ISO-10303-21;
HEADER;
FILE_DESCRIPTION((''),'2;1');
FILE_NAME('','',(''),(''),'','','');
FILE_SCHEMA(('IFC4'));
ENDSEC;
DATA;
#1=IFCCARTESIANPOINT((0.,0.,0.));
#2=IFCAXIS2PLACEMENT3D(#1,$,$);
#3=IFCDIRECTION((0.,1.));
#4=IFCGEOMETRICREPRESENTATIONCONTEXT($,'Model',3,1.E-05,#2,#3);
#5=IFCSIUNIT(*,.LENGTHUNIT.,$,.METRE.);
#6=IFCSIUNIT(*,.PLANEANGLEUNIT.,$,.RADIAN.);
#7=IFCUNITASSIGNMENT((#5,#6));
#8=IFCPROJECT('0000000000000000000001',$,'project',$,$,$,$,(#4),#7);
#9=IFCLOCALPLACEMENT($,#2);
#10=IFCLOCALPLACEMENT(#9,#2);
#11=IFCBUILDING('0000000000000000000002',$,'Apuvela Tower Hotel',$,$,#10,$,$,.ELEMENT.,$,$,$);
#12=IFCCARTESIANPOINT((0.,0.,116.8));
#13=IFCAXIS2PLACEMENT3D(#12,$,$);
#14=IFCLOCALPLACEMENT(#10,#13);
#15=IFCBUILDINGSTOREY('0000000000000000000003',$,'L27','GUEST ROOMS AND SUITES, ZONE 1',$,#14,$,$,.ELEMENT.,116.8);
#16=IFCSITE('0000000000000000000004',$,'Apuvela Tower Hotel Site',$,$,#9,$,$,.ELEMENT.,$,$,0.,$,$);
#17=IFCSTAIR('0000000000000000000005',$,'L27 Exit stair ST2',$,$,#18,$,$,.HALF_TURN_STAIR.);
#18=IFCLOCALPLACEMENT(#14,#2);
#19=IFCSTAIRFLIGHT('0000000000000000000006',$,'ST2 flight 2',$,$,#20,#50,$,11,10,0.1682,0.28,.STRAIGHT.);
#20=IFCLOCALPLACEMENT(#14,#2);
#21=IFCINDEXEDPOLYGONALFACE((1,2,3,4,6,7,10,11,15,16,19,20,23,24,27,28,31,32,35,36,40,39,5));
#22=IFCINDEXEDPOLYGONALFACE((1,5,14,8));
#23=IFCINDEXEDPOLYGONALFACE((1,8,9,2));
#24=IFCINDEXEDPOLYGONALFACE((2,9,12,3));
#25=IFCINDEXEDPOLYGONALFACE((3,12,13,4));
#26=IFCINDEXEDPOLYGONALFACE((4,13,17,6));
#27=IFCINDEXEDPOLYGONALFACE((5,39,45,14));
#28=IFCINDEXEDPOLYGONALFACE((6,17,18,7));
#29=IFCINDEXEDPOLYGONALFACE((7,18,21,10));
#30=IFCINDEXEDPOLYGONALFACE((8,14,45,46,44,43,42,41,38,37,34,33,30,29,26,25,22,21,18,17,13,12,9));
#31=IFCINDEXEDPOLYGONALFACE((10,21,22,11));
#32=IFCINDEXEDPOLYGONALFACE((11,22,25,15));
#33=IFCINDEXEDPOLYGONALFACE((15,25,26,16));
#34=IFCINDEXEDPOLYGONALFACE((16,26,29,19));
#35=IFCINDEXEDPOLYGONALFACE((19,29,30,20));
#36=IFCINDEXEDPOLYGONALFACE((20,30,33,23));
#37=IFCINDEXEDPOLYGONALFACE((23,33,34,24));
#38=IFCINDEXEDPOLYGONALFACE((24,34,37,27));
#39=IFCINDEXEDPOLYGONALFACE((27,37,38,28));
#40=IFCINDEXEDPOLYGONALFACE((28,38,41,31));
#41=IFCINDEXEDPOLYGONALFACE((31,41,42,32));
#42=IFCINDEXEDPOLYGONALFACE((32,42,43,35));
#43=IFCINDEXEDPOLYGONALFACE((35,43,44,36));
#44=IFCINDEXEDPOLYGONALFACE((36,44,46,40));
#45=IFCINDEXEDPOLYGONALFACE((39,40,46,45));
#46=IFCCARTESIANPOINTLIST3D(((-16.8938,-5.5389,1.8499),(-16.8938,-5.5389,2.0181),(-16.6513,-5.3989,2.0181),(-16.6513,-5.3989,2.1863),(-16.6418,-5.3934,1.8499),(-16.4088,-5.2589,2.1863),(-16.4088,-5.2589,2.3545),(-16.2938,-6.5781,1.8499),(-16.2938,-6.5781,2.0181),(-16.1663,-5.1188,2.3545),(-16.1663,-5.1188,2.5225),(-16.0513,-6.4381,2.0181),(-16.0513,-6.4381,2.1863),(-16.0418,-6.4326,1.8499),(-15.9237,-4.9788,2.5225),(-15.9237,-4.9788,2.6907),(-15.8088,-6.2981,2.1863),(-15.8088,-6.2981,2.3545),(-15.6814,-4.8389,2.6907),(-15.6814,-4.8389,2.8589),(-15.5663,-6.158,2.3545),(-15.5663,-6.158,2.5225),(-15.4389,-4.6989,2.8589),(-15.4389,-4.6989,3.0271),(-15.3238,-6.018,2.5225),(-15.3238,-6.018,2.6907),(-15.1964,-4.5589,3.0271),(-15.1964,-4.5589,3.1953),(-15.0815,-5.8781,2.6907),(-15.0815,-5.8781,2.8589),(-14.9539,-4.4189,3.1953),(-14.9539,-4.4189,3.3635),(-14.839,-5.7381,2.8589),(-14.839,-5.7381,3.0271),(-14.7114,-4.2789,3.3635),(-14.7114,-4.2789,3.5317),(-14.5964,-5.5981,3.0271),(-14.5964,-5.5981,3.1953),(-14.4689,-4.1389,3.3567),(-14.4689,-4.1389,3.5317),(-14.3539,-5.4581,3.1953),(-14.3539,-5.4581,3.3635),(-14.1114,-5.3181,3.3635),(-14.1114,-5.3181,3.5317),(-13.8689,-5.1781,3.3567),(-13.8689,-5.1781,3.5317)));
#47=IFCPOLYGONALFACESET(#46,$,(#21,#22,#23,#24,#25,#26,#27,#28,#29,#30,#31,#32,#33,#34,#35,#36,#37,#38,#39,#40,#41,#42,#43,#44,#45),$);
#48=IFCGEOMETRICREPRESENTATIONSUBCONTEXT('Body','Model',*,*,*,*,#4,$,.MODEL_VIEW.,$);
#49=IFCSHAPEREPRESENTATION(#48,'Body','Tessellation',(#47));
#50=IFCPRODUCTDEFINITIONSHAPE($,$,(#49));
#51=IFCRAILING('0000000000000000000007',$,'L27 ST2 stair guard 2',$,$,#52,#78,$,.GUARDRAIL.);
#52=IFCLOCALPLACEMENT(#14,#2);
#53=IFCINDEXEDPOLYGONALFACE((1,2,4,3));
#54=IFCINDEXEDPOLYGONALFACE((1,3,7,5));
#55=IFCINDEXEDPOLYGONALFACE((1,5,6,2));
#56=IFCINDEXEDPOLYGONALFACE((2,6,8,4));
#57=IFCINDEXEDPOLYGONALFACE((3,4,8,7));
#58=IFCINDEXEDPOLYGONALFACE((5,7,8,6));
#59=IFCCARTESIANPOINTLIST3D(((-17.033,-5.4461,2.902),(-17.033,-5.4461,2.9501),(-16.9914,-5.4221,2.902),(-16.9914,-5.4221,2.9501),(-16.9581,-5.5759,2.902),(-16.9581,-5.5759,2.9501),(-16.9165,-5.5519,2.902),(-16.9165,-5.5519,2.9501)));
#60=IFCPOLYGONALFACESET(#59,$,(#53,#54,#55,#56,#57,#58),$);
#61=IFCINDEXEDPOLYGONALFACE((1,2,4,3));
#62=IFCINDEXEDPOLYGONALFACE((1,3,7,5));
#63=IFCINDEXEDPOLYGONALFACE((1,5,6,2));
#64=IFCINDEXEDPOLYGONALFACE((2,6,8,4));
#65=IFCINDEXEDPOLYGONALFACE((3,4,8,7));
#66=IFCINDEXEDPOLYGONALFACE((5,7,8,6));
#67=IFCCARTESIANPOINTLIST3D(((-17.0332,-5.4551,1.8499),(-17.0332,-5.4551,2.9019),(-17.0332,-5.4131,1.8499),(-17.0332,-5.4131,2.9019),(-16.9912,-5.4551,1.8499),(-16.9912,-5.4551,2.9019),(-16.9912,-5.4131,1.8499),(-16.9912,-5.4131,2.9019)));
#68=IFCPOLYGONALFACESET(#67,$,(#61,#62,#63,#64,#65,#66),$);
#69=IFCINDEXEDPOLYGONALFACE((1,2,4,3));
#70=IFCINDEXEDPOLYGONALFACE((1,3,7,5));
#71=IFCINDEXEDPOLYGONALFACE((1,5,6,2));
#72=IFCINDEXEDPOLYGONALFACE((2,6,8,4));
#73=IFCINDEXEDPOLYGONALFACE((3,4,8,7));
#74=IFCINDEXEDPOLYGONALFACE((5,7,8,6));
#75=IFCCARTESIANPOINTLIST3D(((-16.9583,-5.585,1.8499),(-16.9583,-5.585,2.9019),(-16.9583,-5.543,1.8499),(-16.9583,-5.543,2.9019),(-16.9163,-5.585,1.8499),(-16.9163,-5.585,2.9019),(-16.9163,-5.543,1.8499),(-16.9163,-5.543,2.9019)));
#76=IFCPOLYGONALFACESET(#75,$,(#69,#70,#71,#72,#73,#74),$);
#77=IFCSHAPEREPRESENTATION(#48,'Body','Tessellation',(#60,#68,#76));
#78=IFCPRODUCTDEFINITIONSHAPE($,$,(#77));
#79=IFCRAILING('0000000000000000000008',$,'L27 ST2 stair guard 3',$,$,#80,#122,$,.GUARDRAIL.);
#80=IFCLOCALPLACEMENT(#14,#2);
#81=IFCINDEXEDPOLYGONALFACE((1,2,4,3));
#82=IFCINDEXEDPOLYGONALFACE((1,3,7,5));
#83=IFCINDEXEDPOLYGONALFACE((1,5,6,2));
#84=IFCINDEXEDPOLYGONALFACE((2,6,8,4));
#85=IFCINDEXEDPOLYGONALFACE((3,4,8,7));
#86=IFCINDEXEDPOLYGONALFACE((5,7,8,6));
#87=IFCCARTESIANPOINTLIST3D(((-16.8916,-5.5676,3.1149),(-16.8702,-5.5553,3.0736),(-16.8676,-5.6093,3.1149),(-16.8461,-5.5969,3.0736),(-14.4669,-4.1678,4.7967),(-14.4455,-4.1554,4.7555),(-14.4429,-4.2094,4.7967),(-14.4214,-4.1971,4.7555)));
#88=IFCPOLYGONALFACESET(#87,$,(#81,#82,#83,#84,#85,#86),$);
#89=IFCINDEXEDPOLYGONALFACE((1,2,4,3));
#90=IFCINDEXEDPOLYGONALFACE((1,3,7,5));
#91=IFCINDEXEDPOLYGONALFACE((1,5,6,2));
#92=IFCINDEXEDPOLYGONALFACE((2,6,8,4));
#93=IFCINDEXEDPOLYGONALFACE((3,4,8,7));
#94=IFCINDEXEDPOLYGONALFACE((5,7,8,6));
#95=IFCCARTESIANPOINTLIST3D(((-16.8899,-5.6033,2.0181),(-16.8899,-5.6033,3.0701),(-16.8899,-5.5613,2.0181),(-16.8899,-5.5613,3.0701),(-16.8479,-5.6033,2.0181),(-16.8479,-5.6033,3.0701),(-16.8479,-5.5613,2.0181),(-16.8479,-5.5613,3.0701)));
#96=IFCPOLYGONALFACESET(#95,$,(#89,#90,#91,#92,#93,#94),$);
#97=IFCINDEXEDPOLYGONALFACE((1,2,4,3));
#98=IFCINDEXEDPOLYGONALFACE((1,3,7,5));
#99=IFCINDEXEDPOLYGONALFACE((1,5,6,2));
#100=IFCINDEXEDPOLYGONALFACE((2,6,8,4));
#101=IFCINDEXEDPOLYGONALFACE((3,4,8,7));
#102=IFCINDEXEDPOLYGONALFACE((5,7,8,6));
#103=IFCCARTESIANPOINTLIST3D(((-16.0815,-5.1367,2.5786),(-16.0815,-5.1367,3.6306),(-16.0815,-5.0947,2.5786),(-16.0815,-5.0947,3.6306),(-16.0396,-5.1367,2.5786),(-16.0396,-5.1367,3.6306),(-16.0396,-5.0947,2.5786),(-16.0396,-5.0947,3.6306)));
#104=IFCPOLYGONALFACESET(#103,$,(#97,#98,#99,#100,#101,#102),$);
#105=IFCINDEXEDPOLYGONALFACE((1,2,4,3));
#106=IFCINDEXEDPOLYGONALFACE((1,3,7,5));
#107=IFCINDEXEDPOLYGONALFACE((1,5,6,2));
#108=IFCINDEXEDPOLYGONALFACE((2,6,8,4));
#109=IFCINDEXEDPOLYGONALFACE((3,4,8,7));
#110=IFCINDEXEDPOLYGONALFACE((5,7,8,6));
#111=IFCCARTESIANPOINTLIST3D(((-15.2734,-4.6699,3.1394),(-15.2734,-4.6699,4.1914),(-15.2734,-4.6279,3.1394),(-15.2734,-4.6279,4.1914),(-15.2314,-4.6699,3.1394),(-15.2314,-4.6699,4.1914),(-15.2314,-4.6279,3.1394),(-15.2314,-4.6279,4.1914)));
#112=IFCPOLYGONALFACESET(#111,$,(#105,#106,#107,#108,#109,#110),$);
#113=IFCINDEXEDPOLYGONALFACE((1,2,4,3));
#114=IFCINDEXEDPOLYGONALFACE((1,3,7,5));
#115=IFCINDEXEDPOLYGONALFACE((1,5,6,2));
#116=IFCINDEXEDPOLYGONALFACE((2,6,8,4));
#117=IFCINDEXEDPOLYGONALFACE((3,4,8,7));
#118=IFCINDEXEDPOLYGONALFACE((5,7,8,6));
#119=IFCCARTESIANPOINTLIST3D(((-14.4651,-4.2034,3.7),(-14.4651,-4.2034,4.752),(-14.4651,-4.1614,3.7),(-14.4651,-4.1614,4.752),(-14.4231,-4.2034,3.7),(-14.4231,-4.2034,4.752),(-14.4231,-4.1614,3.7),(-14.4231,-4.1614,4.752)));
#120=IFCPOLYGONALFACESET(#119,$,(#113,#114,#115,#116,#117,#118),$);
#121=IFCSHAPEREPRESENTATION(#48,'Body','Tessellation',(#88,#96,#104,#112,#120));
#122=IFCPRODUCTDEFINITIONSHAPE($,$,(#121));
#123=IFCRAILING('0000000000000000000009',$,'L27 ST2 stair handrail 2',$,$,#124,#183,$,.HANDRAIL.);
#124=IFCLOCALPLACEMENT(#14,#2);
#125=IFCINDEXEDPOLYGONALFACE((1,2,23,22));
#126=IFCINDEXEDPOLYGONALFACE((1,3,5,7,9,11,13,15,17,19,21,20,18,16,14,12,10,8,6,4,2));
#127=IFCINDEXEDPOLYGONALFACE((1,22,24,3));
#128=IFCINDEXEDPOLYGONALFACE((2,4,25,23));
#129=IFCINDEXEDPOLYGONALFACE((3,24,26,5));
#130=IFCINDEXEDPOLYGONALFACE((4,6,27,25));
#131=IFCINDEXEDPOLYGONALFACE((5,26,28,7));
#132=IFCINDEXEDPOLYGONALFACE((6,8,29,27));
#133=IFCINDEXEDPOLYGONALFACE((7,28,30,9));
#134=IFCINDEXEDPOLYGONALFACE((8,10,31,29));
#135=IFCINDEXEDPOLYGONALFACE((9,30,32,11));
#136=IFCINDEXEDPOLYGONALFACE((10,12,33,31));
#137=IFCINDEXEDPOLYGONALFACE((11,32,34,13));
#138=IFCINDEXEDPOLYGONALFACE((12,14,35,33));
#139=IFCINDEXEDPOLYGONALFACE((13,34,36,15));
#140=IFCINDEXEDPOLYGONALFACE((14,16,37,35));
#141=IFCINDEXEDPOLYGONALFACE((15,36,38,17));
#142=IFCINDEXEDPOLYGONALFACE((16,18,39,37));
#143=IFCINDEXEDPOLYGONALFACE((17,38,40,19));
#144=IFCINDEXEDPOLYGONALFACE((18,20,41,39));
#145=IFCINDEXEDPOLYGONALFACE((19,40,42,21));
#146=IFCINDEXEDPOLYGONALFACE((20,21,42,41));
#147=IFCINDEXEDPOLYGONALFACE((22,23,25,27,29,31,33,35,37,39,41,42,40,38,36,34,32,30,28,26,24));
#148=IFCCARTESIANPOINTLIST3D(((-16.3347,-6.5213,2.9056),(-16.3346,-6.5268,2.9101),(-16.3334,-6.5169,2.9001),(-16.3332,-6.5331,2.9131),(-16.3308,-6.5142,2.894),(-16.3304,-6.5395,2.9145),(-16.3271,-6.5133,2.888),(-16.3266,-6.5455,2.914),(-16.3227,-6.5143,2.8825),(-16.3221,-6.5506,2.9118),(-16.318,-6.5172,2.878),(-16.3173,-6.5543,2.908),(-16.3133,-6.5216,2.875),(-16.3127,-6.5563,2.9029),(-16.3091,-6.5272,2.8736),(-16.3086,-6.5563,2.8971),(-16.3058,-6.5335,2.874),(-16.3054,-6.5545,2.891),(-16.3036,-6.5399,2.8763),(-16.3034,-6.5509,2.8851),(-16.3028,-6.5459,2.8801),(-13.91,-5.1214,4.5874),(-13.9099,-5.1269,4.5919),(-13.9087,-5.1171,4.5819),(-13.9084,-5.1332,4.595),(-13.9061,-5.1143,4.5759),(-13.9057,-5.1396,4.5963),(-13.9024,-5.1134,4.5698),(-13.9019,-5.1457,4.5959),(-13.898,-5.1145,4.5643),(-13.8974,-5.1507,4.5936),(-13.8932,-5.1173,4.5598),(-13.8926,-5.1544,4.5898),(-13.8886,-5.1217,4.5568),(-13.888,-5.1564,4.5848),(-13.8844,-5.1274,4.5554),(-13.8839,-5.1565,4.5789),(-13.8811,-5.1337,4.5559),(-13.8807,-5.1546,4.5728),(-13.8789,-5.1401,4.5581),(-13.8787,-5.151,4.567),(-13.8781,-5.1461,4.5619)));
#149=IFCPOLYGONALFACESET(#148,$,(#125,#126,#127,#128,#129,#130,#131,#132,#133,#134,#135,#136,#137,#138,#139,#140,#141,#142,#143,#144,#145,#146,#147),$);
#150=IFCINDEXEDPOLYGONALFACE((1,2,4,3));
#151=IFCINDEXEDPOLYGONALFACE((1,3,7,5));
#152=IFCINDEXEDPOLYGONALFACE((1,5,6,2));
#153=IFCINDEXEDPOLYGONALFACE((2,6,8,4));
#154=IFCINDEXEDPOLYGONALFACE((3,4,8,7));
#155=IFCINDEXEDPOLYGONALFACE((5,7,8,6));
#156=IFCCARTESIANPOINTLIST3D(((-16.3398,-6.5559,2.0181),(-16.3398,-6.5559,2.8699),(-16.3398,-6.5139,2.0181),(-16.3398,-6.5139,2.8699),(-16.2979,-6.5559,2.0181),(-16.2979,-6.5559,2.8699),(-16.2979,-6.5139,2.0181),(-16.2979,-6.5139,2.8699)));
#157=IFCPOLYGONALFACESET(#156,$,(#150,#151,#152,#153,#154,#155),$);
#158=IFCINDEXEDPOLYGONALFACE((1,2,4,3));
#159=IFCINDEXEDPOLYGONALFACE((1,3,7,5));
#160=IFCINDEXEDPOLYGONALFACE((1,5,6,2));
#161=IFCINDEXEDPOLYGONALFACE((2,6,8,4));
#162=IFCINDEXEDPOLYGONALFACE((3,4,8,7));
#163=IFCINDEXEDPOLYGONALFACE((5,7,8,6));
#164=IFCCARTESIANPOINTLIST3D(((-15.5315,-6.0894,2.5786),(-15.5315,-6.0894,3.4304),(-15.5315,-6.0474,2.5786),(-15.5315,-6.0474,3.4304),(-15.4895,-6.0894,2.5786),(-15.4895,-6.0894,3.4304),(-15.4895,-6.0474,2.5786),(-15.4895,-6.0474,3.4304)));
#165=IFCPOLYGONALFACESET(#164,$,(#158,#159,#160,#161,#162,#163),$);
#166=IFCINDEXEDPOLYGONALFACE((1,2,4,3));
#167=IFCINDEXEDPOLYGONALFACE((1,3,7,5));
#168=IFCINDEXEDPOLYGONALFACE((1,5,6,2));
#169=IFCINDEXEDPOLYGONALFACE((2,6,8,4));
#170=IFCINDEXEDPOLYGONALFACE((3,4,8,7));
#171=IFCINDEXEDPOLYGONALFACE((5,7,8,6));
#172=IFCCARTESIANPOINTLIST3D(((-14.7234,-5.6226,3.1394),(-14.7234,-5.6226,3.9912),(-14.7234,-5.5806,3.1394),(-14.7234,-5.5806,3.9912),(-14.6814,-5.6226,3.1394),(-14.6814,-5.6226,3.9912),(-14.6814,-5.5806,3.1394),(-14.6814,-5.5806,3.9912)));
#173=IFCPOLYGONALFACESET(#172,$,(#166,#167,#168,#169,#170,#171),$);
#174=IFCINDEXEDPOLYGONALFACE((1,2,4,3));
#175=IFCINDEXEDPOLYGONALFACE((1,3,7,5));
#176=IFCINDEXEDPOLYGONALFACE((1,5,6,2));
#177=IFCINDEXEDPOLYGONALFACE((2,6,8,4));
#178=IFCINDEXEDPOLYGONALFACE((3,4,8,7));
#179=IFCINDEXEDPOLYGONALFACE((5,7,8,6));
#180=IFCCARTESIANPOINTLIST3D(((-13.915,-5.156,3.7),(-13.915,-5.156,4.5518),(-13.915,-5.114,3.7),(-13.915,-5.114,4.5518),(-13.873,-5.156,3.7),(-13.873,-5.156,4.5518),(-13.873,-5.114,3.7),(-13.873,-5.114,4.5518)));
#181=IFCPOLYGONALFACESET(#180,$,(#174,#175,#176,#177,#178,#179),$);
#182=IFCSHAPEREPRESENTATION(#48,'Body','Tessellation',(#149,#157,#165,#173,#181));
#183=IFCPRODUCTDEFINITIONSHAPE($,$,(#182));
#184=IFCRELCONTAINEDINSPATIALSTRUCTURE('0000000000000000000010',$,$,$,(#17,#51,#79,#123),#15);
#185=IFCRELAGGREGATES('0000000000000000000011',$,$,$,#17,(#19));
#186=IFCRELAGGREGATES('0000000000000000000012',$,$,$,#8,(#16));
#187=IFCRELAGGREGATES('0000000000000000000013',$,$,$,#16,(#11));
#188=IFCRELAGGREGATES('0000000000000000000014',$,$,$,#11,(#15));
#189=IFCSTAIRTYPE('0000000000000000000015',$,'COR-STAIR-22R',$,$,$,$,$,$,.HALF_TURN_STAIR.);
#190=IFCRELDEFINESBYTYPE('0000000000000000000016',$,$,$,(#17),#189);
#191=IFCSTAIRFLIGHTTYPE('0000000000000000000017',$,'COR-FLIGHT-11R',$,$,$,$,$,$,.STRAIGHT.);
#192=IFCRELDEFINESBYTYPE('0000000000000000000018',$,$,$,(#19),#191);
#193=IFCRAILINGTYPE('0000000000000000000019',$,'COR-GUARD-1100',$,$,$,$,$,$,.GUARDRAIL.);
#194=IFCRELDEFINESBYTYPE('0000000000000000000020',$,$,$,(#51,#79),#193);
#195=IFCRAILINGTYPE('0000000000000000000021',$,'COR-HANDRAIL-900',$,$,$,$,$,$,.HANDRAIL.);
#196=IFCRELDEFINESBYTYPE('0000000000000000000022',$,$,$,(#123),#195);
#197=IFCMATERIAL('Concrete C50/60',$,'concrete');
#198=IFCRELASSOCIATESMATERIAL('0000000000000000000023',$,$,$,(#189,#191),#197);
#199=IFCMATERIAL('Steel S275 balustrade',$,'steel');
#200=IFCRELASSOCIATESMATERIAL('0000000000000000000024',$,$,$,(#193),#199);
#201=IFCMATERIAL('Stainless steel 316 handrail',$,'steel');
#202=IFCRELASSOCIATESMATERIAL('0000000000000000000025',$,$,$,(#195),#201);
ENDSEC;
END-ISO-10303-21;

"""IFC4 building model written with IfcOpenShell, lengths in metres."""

from ifc_helpers import new_model, si_unit, direction, frame, origin, origin_2d, place, context, subcontext, project, spatial, polyline, rectangle, circle, outline, extrude, material, type_object, element, aggregate, save


model = new_model("IFC4")

# Units and contexts
model_context = context("Model", 3, precision=1e-05, world=origin(), true_north=direction((0.0, 1.0)))
body_context = subcontext(model_context, "Body", "Model", "MODEL_VIEW")
ifc_project = project(units=[si_unit("LENGTHUNIT", "METRE"), si_unit("PLANEANGLEUNIT", "RADIAN")], contexts=[model_context])

# Site, building, storey
site_placement = place(None, origin())
site = spatial("IfcSite", under=ifc_project, at=site_placement, Name="Apuvela Tower Hotel Site", CompositionType="ELEMENT", RefElevation=0.0)
building_placement = place(site_placement, origin())
building = spatial("IfcBuilding", under=site, at=building_placement, Name="Apuvela Tower Hotel", CompositionType="ELEMENT")
storey_placement = place(building_placement, frame((0.0, 0.0, 116.8)))
storey = spatial("IfcBuildingStorey", under=building, at=storey_placement, Name="L27", Description="GUEST ROOMS AND SUITES, ZONE 1", CompositionType="ELEMENT", Elevation=116.8)

# Shared definitions
ifc_material_1 = material(Name="Concrete C50/60", Category="concrete")

# Stair, stair flight
stair_type = type_object("IfcStairType", Name="COR-STAIR-22R", PredefinedType="HALF_TURN_STAIR", material=ifc_material_1)
stair_placement = place(storey_placement, origin())
stair = element("IfcStair", 1, at=stair_placement, inside=storey, type_object=stair_type, Name="L27 Exit stair ST2", PredefinedType="HALF_TURN_STAIR")
stair_flight_type = type_object("IfcStairFlightType", Name="COR-FLIGHT-11R", PredefinedType="STRAIGHT", material=ifc_material_1)
stair_flight_placement = place(storey_placement, frame((-16.5938, -6.0586, 1.8499), z_axis=(0.0, 0.0, 1.0), x_axis=(0.866025, 0.5, 0.0)))
stair_flight = element("IfcStairFlight", 2, at=stair_flight_placement, type_object=stair_flight_type, Name="ST2 flight 2", NumberOfRisers=11, NumberOfTreads=10, PredefinedType="STRAIGHT", RiserHeight=0.1682, TreadLength=0.28, context=body_context, shape_type="SweptSolid", body=[
    extrude(outline(polyline([(0.0, 0.0), (0.0, 0.1682), (0.28, 0.1682), (0.28, 0.3364), (0.5601, 0.3364), (0.5601, 0.5046), (0.8401, 0.5046), (0.8401, 0.6726), (1.1201, 0.6726), (1.1201, 0.8408), (1.3999, 0.8408), (1.3999, 1.009), (1.6799, 1.009), (1.6799, 1.1772), (1.96, 1.1772), (1.96, 1.3455), (2.24, 1.3455), (2.24, 1.5137), (2.52, 1.5137), (2.52, 1.6819), (2.8, 1.6819), (2.8, 1.8501), (2.8, 1.5068), (0.291, 0.0), (0.0, 0.0)])), frame((0.0, 0.6001, 0.0), z_axis=(0.0, -1.0, 0.0), x_axis=(1.0, 0.0, 0.0)), (0.0, 0.0, 1.0), 1.2),
])
aggregate(stair, [stair_flight])

# Railings
ifc_material_2 = material(Name="Steel S275 balustrade", Category="steel")
railing_type_1 = type_object("IfcRailingType", Name="COR-GUARD-1100", PredefinedType="GUARDRAIL", material=ifc_material_2)
railing_1_placement = place(storey_placement, frame((-17.0122, -5.4341, 1.8499)))
element("IfcRailing", 3, at=railing_1_placement, inside=storey, type_object=railing_type_1, Name="L27 ST2 stair guard 2", PredefinedType="GUARDRAIL", context=body_context, shape_type="SweptSolid", body=[
    extrude(rectangle(XDim=0.0481, YDim=0.0481, at=origin_2d()), frame((0.0, 0.0, 1.0762), z_axis=(0.499816, -0.866131, 0.0), x_axis=(0.866131, 0.499816, 0.0)), (0.0, 0.0, 1.0), 0.1499),
    extrude(rectangle(XDim=0.042, YDim=0.042, at=origin_2d()), origin(), (0.0, 0.0, 1.0), 1.052),
    extrude(rectangle(XDim=0.042, YDim=0.042, at=origin_2d()), frame((0.075, -0.1299, 0.0)), (0.0, 0.0, 1.0), 1.052),
])
railing_2_placement = place(storey_placement, frame((-16.8689, -5.5823, 2.0181)))
element("IfcRailing", 4, at=railing_2_placement, inside=storey, type_object=railing_type_1, Name="L27 ST2 stair guard 3", PredefinedType="GUARDRAIL", context=body_context, shape_type="SweptSolid", body=[
    extrude(rectangle(XDim=0.0481, YDim=0.0481, at=origin_2d()), frame((0.0, 0.0, 1.0762), z_axis=(0.74239, 0.428601, 0.514934), x_axis=(-0.499984, 0.866035, 0.0)), (0.0, 0.0, 1.0), 3.2661),
    extrude(rectangle(XDim=0.042, YDim=0.042, at=origin_2d()), origin(), (0.0, 0.0, 1.0), 1.052),
    extrude(rectangle(XDim=0.042, YDim=0.042, at=origin_2d()), frame((0.8083, 0.4666, 0.5605)), (0.0, 0.0, 1.0), 1.052),
    extrude(rectangle(XDim=0.042, YDim=0.042, at=origin_2d()), frame((1.6165, 0.9333, 1.1213)), (0.0, 0.0, 1.0), 1.052),
    extrude(rectangle(XDim=0.042, YDim=0.042, at=origin_2d()), frame((2.4248, 1.3999, 1.6819)), (0.0, 0.0, 1.0), 1.052),
])
ifc_material_3 = material(Name="Stainless steel 316 handrail", Category="steel")
railing_type_2 = type_object("IfcRailingType", Name="COR-HANDRAIL-900", PredefinedType="HANDRAIL", material=ifc_material_3)
railing_3_placement = place(storey_placement, frame((-16.3188, -6.5349, 2.0181)))
element("IfcRailing", 5, at=railing_3_placement, inside=storey, type_object=railing_type_2, Name="L27 ST2 stair handrail 2", PredefinedType="HANDRAIL", context=body_context, shape_type="SweptSolid", body=[
    extrude(circle(Radius=0.0239, at=origin_2d()), frame((0.0, 0.0, 0.876), z_axis=(0.74239, 0.428601, 0.514934), x_axis=(-0.499984, 0.866035, 0.0)), (0.0, 0.0, 1.0), 3.2661),
    extrude(rectangle(XDim=0.042, YDim=0.042, at=origin_2d()), origin(), (0.0, 0.0, 1.0), 0.8518),
    extrude(rectangle(XDim=0.042, YDim=0.042, at=origin_2d()), frame((0.8083, 0.4666, 0.5605)), (0.0, 0.0, 1.0), 0.8518),
    extrude(rectangle(XDim=0.042, YDim=0.042, at=origin_2d()), frame((1.6165, 0.9333, 1.1213)), (0.0, 0.0, 1.0), 0.8518),
    extrude(rectangle(XDim=0.042, YDim=0.042, at=origin_2d()), frame((2.4248, 1.3999, 1.6819)), (0.0, 0.0, 1.0), 0.8518),
])

save(model, "model.ifc")
